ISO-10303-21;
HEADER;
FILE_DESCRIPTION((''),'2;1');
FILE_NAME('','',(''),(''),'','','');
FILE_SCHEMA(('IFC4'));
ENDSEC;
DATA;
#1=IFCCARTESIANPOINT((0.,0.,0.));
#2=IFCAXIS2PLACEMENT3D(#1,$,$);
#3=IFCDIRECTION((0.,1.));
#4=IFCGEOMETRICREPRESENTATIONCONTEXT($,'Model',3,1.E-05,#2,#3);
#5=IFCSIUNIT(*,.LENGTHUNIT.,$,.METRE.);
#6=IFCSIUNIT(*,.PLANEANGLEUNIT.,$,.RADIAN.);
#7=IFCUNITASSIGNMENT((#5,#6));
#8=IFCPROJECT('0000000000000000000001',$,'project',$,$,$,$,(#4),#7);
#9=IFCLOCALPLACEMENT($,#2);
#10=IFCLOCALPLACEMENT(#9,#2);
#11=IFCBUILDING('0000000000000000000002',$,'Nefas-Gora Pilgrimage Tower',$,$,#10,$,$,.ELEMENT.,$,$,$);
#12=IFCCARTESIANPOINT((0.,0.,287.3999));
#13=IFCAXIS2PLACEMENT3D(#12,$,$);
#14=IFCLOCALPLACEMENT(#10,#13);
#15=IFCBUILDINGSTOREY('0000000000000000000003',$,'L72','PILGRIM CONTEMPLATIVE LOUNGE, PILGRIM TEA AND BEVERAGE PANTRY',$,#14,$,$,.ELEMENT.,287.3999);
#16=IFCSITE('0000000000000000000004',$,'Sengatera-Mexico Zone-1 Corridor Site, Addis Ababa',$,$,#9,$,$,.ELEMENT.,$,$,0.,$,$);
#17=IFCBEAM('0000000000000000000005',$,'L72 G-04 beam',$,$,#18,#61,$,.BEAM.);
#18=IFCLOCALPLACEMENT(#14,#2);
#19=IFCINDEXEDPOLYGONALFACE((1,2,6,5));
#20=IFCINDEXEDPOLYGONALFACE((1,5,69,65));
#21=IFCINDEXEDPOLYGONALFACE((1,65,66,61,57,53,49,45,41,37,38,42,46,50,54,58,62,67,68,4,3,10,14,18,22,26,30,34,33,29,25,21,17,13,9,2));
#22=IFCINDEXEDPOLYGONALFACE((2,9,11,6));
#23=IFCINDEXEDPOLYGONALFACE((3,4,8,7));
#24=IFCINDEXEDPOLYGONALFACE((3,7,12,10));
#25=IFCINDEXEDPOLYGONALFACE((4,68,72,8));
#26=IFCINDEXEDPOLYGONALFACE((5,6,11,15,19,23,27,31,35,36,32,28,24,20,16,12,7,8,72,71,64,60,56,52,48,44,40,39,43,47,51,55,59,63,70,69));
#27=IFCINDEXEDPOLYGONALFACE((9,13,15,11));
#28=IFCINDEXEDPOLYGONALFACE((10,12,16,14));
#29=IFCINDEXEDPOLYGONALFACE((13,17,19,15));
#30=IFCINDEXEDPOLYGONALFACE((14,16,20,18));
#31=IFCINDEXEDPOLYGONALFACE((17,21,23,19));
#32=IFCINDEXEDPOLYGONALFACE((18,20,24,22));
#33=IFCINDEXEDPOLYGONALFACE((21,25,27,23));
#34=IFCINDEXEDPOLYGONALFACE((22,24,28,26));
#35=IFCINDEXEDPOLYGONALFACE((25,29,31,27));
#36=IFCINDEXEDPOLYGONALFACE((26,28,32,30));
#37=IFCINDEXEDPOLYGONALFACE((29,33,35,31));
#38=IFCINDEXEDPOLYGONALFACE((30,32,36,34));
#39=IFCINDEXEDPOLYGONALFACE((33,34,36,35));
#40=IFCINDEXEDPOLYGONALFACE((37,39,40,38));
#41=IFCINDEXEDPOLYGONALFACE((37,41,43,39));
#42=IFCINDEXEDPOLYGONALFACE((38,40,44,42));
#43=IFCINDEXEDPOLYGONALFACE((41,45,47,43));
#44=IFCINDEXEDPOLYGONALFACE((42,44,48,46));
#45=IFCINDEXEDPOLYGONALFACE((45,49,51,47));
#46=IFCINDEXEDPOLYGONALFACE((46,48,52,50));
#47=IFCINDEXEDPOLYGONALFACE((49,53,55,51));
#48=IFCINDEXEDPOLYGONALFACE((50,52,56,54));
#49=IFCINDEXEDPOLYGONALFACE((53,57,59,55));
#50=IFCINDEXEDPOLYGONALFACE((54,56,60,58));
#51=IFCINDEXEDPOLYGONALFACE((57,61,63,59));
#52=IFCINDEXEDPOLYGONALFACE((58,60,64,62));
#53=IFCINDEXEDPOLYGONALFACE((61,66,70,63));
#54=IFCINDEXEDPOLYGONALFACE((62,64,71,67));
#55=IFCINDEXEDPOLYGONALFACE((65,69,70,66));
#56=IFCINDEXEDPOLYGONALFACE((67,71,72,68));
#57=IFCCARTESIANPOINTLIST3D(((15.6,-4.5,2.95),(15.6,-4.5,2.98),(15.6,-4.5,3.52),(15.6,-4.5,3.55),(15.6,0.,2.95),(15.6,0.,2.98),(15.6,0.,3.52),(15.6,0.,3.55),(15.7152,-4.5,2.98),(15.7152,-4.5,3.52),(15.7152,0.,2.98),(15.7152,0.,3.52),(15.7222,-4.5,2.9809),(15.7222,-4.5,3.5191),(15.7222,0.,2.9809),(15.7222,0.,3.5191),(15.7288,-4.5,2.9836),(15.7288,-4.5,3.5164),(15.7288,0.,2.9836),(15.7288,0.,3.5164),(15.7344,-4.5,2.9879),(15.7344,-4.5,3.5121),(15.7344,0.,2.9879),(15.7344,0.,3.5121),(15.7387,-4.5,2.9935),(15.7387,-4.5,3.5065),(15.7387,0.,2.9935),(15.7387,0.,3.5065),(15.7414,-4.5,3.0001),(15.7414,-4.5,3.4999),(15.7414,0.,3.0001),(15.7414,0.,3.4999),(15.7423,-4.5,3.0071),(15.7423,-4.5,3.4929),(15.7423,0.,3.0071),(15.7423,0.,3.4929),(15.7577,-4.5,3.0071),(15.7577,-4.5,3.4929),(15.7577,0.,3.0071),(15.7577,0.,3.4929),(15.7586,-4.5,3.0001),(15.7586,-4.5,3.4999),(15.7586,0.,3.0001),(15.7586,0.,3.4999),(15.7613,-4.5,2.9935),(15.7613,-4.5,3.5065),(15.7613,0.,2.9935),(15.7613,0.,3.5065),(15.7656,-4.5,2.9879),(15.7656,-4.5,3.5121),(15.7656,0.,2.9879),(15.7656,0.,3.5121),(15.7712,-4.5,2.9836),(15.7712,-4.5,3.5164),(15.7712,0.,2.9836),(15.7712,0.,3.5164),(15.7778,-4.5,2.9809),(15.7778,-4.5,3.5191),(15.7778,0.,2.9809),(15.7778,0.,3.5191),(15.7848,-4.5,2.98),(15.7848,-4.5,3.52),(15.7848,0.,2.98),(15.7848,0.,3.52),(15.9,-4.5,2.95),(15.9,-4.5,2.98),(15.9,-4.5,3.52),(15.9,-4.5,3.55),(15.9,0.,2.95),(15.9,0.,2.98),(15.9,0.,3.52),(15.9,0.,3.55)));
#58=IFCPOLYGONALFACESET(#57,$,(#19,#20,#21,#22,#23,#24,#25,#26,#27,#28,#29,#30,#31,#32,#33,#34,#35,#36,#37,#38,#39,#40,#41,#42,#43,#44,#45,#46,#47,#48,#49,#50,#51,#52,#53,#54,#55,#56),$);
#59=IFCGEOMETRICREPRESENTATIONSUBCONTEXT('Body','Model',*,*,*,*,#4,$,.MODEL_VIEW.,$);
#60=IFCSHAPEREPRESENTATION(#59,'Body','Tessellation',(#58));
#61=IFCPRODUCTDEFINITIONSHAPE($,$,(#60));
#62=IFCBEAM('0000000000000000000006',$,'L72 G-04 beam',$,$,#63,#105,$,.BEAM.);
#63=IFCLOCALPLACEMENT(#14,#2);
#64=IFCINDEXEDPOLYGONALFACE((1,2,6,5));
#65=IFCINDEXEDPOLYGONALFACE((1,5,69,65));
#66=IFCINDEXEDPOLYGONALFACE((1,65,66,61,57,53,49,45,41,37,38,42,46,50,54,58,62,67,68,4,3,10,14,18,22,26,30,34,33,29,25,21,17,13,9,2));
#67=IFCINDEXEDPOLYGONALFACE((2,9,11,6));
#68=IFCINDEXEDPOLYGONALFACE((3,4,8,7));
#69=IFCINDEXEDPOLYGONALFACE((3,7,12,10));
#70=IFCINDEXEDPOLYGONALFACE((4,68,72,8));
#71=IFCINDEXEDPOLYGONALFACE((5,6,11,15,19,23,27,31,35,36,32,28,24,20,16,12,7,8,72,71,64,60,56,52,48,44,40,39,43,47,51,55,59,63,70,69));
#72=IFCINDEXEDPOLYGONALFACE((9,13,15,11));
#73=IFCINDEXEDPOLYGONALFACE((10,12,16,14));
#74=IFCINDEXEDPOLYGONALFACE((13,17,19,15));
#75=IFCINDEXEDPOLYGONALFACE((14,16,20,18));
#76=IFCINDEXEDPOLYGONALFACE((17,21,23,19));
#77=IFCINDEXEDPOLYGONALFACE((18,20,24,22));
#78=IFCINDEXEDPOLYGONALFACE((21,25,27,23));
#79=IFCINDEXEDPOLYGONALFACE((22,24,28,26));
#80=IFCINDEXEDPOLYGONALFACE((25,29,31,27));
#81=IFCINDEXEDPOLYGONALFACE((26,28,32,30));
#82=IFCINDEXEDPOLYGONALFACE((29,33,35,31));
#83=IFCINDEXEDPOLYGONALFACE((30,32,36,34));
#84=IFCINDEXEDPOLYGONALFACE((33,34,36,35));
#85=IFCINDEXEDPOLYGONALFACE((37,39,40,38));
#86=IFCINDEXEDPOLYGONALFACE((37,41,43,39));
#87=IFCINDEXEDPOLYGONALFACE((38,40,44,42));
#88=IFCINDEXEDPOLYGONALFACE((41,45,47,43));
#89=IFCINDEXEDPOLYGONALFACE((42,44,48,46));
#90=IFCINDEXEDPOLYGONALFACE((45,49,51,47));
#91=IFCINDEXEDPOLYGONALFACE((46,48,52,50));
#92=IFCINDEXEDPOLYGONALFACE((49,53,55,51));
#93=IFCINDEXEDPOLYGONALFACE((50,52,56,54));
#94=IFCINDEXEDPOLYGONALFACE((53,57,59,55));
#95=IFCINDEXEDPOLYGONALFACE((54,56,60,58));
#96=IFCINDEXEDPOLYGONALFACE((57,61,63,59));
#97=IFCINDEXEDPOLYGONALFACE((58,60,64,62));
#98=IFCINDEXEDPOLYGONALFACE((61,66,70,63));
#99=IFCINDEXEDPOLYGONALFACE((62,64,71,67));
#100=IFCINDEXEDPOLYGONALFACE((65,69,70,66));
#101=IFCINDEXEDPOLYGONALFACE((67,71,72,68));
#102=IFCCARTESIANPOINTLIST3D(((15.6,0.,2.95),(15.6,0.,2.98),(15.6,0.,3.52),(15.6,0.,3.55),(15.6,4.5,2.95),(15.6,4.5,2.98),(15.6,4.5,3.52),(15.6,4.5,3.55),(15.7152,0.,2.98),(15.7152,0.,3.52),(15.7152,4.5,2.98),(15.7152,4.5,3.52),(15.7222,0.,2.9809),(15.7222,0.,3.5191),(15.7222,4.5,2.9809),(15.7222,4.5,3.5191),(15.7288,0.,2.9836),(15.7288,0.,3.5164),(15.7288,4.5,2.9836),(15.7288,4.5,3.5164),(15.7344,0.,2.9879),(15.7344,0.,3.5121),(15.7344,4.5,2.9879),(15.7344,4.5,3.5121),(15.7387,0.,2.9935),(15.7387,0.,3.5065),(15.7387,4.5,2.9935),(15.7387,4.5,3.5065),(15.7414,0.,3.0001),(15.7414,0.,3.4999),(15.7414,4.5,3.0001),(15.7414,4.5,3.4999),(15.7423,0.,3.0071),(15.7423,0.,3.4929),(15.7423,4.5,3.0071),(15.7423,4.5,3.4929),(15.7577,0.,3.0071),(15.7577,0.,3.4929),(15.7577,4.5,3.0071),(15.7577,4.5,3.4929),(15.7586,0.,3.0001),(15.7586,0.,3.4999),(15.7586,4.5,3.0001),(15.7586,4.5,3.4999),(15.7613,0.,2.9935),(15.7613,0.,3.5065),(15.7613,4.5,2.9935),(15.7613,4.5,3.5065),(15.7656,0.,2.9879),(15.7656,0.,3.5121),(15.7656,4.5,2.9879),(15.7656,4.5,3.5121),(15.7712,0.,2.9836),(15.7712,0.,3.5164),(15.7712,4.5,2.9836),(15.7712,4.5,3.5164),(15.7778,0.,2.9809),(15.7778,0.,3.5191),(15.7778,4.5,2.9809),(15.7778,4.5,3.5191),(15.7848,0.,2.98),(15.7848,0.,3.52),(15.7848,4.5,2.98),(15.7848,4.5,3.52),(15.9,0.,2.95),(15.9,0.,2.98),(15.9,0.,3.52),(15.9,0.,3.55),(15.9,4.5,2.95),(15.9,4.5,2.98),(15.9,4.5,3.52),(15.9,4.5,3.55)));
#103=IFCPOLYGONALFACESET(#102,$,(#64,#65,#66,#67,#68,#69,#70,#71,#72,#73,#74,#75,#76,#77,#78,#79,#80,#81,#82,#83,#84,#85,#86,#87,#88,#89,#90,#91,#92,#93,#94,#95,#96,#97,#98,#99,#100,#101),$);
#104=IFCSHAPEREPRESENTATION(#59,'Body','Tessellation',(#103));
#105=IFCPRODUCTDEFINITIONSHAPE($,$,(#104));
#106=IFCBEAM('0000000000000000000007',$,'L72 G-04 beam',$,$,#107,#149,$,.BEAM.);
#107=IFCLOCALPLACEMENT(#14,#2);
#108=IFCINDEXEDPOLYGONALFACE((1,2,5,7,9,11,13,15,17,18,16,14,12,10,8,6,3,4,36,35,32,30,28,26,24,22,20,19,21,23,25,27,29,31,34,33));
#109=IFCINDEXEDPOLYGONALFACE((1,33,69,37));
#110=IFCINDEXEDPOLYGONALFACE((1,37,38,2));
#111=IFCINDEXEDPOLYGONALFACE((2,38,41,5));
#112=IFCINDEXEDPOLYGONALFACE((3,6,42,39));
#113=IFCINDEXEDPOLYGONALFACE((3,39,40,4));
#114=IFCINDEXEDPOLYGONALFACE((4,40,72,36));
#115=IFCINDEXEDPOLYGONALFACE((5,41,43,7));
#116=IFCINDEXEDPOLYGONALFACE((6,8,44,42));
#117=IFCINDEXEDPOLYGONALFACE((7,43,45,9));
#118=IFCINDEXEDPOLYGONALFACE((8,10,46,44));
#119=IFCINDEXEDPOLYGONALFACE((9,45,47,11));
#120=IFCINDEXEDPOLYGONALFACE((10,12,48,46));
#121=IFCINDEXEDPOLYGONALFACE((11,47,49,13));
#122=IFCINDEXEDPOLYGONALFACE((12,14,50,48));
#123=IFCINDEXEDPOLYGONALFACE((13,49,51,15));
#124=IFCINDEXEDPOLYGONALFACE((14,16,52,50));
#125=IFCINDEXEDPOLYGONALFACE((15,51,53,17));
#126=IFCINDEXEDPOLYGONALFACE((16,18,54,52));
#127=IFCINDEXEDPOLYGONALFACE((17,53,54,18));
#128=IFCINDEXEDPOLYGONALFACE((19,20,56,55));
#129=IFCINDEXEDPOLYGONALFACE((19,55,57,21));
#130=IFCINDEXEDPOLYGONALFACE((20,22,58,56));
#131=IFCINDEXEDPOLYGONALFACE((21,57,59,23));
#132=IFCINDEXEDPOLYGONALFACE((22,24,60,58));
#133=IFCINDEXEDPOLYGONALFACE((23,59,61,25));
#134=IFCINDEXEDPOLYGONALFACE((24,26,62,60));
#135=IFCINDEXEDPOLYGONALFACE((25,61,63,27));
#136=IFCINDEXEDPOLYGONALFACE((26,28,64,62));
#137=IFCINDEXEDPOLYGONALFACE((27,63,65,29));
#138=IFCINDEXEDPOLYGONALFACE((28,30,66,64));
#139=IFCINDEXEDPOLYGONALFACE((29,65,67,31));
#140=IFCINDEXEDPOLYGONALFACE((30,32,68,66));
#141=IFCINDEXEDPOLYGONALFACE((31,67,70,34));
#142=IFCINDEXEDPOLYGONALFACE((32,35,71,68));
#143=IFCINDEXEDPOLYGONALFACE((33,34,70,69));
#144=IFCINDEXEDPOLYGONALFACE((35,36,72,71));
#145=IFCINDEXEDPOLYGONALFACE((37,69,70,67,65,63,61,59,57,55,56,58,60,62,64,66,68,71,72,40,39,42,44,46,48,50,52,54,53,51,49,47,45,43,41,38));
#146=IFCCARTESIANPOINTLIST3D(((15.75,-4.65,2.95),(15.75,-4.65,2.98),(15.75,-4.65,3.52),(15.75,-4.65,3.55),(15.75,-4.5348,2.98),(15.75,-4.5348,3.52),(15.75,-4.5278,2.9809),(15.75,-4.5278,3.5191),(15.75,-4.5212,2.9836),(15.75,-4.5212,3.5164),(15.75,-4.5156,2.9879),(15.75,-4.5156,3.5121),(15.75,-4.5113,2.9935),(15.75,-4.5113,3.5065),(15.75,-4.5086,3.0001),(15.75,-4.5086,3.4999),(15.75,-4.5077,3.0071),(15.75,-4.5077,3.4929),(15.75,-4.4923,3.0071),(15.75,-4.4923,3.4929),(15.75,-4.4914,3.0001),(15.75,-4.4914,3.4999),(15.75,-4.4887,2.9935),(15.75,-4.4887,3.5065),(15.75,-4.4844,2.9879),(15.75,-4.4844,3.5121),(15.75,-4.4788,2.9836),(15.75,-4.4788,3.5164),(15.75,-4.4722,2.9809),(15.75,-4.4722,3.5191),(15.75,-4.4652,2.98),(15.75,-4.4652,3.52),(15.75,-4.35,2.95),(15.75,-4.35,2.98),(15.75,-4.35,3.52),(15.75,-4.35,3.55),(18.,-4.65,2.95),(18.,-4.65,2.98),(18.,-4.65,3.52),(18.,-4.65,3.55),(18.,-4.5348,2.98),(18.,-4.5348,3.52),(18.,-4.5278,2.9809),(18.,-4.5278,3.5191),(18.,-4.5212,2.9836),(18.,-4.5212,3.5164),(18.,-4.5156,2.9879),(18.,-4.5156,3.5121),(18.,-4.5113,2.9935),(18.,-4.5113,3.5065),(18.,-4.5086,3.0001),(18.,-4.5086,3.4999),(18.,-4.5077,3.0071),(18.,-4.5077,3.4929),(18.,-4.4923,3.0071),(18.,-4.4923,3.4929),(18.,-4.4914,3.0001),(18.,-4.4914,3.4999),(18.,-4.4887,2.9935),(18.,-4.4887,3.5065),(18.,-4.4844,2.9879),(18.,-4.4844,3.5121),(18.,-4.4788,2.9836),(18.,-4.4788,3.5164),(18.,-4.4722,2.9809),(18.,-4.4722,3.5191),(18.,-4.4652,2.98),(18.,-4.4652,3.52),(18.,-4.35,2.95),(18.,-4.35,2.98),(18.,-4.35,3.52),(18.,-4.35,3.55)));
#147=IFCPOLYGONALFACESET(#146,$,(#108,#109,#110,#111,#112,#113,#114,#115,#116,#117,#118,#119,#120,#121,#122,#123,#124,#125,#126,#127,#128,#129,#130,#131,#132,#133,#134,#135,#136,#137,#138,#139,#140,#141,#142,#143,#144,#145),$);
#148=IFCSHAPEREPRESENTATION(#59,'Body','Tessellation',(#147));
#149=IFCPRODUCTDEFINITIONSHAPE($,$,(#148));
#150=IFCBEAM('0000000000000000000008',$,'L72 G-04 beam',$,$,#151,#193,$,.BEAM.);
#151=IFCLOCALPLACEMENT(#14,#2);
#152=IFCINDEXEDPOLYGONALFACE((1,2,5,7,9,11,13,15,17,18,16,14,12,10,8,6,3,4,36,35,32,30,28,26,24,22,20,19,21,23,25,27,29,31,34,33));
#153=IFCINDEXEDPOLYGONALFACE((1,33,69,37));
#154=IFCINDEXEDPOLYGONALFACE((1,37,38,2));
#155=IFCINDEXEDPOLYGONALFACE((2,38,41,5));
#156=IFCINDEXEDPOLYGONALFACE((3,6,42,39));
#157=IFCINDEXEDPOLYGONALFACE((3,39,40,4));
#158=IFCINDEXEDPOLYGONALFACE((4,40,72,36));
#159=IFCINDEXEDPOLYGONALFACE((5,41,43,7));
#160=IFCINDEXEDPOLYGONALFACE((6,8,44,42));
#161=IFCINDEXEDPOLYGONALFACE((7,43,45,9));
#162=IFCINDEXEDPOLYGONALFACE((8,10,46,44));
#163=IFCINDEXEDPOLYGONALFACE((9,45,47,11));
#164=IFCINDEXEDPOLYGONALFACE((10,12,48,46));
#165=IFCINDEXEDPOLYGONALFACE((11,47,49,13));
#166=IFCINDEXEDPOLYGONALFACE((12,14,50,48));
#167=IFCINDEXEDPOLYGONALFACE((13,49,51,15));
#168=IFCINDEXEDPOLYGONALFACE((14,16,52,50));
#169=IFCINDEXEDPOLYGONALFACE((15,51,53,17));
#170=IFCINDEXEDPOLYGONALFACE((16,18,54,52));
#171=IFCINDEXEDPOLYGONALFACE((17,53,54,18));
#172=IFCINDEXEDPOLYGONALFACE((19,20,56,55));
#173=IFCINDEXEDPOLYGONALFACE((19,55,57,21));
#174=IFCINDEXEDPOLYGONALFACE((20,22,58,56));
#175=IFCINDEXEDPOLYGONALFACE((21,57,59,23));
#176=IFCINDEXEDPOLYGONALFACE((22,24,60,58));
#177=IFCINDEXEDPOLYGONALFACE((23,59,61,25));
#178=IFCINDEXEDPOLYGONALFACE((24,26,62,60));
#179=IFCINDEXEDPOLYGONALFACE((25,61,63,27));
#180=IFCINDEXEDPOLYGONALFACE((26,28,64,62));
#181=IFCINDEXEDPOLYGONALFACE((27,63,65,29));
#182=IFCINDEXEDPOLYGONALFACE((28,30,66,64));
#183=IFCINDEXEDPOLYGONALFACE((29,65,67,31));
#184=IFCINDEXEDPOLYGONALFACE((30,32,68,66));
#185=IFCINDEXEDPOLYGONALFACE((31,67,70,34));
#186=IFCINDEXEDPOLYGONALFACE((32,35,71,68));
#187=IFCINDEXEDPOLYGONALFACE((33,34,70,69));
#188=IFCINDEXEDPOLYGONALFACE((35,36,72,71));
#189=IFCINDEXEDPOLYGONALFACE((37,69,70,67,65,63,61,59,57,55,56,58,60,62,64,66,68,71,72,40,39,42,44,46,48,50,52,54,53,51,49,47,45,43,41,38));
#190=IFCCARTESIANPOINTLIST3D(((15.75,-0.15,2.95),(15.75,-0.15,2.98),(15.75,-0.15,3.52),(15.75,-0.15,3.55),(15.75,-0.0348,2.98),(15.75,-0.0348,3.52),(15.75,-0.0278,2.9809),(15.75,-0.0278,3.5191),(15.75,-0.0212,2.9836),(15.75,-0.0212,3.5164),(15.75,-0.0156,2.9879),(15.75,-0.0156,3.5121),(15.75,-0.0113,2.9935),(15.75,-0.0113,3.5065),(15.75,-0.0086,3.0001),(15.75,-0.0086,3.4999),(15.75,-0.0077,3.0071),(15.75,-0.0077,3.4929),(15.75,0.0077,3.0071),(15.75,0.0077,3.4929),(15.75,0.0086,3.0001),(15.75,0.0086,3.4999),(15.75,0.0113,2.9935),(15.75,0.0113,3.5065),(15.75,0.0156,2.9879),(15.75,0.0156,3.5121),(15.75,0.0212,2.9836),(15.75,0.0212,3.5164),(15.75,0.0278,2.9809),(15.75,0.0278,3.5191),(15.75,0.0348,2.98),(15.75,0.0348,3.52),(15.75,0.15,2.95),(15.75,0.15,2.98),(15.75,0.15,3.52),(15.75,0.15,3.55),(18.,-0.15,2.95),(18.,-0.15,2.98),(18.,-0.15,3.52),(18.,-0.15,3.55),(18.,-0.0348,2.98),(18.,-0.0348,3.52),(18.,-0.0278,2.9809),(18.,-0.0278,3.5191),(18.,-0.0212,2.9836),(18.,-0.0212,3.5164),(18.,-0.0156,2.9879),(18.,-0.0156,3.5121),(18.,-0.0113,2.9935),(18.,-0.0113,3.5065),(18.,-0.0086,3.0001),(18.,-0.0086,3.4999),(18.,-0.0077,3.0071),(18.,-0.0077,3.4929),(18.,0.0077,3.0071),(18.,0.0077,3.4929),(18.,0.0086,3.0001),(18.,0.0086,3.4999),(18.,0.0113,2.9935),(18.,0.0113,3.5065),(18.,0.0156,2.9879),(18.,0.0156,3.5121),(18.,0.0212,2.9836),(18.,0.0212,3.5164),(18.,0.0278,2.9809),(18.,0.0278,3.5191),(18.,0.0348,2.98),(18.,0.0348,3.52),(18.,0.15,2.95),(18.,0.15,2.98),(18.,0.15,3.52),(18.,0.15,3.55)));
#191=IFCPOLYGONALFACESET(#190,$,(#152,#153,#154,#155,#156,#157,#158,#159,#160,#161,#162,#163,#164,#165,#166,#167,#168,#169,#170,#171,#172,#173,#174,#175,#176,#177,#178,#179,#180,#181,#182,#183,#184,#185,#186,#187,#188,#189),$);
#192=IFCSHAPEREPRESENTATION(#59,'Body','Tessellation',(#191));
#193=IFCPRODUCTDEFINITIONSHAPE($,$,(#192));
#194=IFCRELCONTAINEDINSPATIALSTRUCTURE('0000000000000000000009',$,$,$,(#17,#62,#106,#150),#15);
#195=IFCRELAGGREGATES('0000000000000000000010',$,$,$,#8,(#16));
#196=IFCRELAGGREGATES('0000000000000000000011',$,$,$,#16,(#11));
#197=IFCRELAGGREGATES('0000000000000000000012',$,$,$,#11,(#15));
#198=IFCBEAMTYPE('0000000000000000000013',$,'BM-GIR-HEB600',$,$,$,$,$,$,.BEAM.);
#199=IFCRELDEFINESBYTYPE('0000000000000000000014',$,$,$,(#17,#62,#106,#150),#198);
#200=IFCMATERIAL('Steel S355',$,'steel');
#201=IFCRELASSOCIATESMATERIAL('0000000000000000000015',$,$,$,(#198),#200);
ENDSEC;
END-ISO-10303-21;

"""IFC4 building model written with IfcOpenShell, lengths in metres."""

from ifc_helpers import new_model, si_unit, direction, frame, origin, origin_2d, place, context, subcontext, project, spatial, i_section, extrude, source, transform, mapped, material, material_profile, profile_set, type_object, element, save


model = new_model("IFC4")

# Units and contexts
model_context = context("Model", 3, precision=1e-05, world=origin(), true_north=direction((0.0, 1.0)))
body_context = subcontext(model_context, "Body", "Model", "MODEL_VIEW")
ifc_project = project(units=[si_unit("LENGTHUNIT", "METRE"), si_unit("PLANEANGLEUNIT", "RADIAN")], contexts=[model_context])

# Site, building, storey
site_placement = place(None, origin())
site = spatial("IfcSite", under=ifc_project, at=site_placement, Name="Sengatera-Mexico Zone-1 Corridor Site, Addis Ababa", CompositionType="ELEMENT", RefElevation=0.0)
building_placement = place(site_placement, origin())
building = spatial("IfcBuilding", under=site, at=building_placement, Name="Nefas-Gora Pilgrimage Tower", CompositionType="ELEMENT")
storey_placement = place(building_placement, frame((0.0, 0.0, 287.3999)))
storey = spatial("IfcBuildingStorey", under=building, at=storey_placement, Name="L72", Description="PILGRIM CONTEMPLATIVE LOUNGE, PILGRIM TEA AND BEVERAGE PANTRY", CompositionType="ELEMENT", Elevation=287.3999)

# Shared definitions
ifc_material_1 = material(Name="Steel S355", Category="steel")

# Beams
ifc_material_profile_1 = material_profile(ifc_material_1, i_section(OverallWidth=0.3, OverallDepth=0.6001, WebThickness=0.0154, FlangeThickness=0.03, FilletRadius=0.0271, at=origin_2d()), Name="HEB 600")
ifc_profile_set_1 = profile_set([ifc_material_profile_1], Name="Steel S355")
beam_type_1 = type_object("IfcBeamType", Name="BM-GIR-HEB600", PredefinedType="BEAM", material=ifc_profile_set_1)
shared_shape_1 = source(origin(), body_context, "Body", "SweptSolid", [
    extrude(i_section(OverallWidth=0.3, OverallDepth=0.6001, WebThickness=0.0154, FlangeThickness=0.03, FilletRadius=0.0271, at=origin_2d()), origin(), (0.0, 0.0, 1.0), 4.5),
])
for number, where, z_axis, x_axis, name in (
    (1, (15.75, -4.5, 3.25), (0.0, 1.0, 0.0), (-1.0, 0.0, 0.0), "L72 G-04 beam"),
    (2, (15.75, 0.0, 3.25), (0.0, 1.0, 0.0), (-1.0, 0.0, 0.0), "L72 G-04 beam"),
):
    element("IfcBeam", number, at=place(storey_placement, frame(where, z_axis=z_axis, x_axis=x_axis)), inside=storey, type_object=beam_type_1, Name=name, PredefinedType="BEAM", context=body_context, shape_type="MappedRepresentation", body=[
        mapped(shared_shape_1, transform((0.0, 0.0, 0.0), x_axis=(1.0, 0.0, 0.0), y_axis=(0.0, 1.0, 0.0), z_axis=(0.0, 0.0, 1.0), scale=1.0)),
    ])
shared_shape_2 = source(origin(), body_context, "Body", "SweptSolid", [
    extrude(i_section(OverallWidth=0.3, OverallDepth=0.6001, WebThickness=0.0154, FlangeThickness=0.03, FilletRadius=0.0271, at=origin_2d()), origin(), (0.0, 0.0, 1.0), 2.25),
])
for number, where, z_axis, x_axis, name in (
    (3, (15.75, -4.5, 3.25), (1.0, 0.0, 0.0), (0.0, 1.0, 0.0), "L72 G-04 beam"),
    (4, (15.75, 0.0, 3.25), (1.0, 0.0, 0.0), (0.0, 1.0, 0.0), "L72 G-04 beam"),
):
    element("IfcBeam", number, at=place(storey_placement, frame(where, z_axis=z_axis, x_axis=x_axis)), inside=storey, type_object=beam_type_1, Name=name, PredefinedType="BEAM", context=body_context, shape_type="MappedRepresentation", body=[
        mapped(shared_shape_2, transform((0.0, 0.0, 0.0), x_axis=(1.0, 0.0, 0.0), y_axis=(0.0, 1.0, 0.0), z_axis=(0.0, 0.0, 1.0), scale=1.0)),
    ])

save(model, "model.ifc")
